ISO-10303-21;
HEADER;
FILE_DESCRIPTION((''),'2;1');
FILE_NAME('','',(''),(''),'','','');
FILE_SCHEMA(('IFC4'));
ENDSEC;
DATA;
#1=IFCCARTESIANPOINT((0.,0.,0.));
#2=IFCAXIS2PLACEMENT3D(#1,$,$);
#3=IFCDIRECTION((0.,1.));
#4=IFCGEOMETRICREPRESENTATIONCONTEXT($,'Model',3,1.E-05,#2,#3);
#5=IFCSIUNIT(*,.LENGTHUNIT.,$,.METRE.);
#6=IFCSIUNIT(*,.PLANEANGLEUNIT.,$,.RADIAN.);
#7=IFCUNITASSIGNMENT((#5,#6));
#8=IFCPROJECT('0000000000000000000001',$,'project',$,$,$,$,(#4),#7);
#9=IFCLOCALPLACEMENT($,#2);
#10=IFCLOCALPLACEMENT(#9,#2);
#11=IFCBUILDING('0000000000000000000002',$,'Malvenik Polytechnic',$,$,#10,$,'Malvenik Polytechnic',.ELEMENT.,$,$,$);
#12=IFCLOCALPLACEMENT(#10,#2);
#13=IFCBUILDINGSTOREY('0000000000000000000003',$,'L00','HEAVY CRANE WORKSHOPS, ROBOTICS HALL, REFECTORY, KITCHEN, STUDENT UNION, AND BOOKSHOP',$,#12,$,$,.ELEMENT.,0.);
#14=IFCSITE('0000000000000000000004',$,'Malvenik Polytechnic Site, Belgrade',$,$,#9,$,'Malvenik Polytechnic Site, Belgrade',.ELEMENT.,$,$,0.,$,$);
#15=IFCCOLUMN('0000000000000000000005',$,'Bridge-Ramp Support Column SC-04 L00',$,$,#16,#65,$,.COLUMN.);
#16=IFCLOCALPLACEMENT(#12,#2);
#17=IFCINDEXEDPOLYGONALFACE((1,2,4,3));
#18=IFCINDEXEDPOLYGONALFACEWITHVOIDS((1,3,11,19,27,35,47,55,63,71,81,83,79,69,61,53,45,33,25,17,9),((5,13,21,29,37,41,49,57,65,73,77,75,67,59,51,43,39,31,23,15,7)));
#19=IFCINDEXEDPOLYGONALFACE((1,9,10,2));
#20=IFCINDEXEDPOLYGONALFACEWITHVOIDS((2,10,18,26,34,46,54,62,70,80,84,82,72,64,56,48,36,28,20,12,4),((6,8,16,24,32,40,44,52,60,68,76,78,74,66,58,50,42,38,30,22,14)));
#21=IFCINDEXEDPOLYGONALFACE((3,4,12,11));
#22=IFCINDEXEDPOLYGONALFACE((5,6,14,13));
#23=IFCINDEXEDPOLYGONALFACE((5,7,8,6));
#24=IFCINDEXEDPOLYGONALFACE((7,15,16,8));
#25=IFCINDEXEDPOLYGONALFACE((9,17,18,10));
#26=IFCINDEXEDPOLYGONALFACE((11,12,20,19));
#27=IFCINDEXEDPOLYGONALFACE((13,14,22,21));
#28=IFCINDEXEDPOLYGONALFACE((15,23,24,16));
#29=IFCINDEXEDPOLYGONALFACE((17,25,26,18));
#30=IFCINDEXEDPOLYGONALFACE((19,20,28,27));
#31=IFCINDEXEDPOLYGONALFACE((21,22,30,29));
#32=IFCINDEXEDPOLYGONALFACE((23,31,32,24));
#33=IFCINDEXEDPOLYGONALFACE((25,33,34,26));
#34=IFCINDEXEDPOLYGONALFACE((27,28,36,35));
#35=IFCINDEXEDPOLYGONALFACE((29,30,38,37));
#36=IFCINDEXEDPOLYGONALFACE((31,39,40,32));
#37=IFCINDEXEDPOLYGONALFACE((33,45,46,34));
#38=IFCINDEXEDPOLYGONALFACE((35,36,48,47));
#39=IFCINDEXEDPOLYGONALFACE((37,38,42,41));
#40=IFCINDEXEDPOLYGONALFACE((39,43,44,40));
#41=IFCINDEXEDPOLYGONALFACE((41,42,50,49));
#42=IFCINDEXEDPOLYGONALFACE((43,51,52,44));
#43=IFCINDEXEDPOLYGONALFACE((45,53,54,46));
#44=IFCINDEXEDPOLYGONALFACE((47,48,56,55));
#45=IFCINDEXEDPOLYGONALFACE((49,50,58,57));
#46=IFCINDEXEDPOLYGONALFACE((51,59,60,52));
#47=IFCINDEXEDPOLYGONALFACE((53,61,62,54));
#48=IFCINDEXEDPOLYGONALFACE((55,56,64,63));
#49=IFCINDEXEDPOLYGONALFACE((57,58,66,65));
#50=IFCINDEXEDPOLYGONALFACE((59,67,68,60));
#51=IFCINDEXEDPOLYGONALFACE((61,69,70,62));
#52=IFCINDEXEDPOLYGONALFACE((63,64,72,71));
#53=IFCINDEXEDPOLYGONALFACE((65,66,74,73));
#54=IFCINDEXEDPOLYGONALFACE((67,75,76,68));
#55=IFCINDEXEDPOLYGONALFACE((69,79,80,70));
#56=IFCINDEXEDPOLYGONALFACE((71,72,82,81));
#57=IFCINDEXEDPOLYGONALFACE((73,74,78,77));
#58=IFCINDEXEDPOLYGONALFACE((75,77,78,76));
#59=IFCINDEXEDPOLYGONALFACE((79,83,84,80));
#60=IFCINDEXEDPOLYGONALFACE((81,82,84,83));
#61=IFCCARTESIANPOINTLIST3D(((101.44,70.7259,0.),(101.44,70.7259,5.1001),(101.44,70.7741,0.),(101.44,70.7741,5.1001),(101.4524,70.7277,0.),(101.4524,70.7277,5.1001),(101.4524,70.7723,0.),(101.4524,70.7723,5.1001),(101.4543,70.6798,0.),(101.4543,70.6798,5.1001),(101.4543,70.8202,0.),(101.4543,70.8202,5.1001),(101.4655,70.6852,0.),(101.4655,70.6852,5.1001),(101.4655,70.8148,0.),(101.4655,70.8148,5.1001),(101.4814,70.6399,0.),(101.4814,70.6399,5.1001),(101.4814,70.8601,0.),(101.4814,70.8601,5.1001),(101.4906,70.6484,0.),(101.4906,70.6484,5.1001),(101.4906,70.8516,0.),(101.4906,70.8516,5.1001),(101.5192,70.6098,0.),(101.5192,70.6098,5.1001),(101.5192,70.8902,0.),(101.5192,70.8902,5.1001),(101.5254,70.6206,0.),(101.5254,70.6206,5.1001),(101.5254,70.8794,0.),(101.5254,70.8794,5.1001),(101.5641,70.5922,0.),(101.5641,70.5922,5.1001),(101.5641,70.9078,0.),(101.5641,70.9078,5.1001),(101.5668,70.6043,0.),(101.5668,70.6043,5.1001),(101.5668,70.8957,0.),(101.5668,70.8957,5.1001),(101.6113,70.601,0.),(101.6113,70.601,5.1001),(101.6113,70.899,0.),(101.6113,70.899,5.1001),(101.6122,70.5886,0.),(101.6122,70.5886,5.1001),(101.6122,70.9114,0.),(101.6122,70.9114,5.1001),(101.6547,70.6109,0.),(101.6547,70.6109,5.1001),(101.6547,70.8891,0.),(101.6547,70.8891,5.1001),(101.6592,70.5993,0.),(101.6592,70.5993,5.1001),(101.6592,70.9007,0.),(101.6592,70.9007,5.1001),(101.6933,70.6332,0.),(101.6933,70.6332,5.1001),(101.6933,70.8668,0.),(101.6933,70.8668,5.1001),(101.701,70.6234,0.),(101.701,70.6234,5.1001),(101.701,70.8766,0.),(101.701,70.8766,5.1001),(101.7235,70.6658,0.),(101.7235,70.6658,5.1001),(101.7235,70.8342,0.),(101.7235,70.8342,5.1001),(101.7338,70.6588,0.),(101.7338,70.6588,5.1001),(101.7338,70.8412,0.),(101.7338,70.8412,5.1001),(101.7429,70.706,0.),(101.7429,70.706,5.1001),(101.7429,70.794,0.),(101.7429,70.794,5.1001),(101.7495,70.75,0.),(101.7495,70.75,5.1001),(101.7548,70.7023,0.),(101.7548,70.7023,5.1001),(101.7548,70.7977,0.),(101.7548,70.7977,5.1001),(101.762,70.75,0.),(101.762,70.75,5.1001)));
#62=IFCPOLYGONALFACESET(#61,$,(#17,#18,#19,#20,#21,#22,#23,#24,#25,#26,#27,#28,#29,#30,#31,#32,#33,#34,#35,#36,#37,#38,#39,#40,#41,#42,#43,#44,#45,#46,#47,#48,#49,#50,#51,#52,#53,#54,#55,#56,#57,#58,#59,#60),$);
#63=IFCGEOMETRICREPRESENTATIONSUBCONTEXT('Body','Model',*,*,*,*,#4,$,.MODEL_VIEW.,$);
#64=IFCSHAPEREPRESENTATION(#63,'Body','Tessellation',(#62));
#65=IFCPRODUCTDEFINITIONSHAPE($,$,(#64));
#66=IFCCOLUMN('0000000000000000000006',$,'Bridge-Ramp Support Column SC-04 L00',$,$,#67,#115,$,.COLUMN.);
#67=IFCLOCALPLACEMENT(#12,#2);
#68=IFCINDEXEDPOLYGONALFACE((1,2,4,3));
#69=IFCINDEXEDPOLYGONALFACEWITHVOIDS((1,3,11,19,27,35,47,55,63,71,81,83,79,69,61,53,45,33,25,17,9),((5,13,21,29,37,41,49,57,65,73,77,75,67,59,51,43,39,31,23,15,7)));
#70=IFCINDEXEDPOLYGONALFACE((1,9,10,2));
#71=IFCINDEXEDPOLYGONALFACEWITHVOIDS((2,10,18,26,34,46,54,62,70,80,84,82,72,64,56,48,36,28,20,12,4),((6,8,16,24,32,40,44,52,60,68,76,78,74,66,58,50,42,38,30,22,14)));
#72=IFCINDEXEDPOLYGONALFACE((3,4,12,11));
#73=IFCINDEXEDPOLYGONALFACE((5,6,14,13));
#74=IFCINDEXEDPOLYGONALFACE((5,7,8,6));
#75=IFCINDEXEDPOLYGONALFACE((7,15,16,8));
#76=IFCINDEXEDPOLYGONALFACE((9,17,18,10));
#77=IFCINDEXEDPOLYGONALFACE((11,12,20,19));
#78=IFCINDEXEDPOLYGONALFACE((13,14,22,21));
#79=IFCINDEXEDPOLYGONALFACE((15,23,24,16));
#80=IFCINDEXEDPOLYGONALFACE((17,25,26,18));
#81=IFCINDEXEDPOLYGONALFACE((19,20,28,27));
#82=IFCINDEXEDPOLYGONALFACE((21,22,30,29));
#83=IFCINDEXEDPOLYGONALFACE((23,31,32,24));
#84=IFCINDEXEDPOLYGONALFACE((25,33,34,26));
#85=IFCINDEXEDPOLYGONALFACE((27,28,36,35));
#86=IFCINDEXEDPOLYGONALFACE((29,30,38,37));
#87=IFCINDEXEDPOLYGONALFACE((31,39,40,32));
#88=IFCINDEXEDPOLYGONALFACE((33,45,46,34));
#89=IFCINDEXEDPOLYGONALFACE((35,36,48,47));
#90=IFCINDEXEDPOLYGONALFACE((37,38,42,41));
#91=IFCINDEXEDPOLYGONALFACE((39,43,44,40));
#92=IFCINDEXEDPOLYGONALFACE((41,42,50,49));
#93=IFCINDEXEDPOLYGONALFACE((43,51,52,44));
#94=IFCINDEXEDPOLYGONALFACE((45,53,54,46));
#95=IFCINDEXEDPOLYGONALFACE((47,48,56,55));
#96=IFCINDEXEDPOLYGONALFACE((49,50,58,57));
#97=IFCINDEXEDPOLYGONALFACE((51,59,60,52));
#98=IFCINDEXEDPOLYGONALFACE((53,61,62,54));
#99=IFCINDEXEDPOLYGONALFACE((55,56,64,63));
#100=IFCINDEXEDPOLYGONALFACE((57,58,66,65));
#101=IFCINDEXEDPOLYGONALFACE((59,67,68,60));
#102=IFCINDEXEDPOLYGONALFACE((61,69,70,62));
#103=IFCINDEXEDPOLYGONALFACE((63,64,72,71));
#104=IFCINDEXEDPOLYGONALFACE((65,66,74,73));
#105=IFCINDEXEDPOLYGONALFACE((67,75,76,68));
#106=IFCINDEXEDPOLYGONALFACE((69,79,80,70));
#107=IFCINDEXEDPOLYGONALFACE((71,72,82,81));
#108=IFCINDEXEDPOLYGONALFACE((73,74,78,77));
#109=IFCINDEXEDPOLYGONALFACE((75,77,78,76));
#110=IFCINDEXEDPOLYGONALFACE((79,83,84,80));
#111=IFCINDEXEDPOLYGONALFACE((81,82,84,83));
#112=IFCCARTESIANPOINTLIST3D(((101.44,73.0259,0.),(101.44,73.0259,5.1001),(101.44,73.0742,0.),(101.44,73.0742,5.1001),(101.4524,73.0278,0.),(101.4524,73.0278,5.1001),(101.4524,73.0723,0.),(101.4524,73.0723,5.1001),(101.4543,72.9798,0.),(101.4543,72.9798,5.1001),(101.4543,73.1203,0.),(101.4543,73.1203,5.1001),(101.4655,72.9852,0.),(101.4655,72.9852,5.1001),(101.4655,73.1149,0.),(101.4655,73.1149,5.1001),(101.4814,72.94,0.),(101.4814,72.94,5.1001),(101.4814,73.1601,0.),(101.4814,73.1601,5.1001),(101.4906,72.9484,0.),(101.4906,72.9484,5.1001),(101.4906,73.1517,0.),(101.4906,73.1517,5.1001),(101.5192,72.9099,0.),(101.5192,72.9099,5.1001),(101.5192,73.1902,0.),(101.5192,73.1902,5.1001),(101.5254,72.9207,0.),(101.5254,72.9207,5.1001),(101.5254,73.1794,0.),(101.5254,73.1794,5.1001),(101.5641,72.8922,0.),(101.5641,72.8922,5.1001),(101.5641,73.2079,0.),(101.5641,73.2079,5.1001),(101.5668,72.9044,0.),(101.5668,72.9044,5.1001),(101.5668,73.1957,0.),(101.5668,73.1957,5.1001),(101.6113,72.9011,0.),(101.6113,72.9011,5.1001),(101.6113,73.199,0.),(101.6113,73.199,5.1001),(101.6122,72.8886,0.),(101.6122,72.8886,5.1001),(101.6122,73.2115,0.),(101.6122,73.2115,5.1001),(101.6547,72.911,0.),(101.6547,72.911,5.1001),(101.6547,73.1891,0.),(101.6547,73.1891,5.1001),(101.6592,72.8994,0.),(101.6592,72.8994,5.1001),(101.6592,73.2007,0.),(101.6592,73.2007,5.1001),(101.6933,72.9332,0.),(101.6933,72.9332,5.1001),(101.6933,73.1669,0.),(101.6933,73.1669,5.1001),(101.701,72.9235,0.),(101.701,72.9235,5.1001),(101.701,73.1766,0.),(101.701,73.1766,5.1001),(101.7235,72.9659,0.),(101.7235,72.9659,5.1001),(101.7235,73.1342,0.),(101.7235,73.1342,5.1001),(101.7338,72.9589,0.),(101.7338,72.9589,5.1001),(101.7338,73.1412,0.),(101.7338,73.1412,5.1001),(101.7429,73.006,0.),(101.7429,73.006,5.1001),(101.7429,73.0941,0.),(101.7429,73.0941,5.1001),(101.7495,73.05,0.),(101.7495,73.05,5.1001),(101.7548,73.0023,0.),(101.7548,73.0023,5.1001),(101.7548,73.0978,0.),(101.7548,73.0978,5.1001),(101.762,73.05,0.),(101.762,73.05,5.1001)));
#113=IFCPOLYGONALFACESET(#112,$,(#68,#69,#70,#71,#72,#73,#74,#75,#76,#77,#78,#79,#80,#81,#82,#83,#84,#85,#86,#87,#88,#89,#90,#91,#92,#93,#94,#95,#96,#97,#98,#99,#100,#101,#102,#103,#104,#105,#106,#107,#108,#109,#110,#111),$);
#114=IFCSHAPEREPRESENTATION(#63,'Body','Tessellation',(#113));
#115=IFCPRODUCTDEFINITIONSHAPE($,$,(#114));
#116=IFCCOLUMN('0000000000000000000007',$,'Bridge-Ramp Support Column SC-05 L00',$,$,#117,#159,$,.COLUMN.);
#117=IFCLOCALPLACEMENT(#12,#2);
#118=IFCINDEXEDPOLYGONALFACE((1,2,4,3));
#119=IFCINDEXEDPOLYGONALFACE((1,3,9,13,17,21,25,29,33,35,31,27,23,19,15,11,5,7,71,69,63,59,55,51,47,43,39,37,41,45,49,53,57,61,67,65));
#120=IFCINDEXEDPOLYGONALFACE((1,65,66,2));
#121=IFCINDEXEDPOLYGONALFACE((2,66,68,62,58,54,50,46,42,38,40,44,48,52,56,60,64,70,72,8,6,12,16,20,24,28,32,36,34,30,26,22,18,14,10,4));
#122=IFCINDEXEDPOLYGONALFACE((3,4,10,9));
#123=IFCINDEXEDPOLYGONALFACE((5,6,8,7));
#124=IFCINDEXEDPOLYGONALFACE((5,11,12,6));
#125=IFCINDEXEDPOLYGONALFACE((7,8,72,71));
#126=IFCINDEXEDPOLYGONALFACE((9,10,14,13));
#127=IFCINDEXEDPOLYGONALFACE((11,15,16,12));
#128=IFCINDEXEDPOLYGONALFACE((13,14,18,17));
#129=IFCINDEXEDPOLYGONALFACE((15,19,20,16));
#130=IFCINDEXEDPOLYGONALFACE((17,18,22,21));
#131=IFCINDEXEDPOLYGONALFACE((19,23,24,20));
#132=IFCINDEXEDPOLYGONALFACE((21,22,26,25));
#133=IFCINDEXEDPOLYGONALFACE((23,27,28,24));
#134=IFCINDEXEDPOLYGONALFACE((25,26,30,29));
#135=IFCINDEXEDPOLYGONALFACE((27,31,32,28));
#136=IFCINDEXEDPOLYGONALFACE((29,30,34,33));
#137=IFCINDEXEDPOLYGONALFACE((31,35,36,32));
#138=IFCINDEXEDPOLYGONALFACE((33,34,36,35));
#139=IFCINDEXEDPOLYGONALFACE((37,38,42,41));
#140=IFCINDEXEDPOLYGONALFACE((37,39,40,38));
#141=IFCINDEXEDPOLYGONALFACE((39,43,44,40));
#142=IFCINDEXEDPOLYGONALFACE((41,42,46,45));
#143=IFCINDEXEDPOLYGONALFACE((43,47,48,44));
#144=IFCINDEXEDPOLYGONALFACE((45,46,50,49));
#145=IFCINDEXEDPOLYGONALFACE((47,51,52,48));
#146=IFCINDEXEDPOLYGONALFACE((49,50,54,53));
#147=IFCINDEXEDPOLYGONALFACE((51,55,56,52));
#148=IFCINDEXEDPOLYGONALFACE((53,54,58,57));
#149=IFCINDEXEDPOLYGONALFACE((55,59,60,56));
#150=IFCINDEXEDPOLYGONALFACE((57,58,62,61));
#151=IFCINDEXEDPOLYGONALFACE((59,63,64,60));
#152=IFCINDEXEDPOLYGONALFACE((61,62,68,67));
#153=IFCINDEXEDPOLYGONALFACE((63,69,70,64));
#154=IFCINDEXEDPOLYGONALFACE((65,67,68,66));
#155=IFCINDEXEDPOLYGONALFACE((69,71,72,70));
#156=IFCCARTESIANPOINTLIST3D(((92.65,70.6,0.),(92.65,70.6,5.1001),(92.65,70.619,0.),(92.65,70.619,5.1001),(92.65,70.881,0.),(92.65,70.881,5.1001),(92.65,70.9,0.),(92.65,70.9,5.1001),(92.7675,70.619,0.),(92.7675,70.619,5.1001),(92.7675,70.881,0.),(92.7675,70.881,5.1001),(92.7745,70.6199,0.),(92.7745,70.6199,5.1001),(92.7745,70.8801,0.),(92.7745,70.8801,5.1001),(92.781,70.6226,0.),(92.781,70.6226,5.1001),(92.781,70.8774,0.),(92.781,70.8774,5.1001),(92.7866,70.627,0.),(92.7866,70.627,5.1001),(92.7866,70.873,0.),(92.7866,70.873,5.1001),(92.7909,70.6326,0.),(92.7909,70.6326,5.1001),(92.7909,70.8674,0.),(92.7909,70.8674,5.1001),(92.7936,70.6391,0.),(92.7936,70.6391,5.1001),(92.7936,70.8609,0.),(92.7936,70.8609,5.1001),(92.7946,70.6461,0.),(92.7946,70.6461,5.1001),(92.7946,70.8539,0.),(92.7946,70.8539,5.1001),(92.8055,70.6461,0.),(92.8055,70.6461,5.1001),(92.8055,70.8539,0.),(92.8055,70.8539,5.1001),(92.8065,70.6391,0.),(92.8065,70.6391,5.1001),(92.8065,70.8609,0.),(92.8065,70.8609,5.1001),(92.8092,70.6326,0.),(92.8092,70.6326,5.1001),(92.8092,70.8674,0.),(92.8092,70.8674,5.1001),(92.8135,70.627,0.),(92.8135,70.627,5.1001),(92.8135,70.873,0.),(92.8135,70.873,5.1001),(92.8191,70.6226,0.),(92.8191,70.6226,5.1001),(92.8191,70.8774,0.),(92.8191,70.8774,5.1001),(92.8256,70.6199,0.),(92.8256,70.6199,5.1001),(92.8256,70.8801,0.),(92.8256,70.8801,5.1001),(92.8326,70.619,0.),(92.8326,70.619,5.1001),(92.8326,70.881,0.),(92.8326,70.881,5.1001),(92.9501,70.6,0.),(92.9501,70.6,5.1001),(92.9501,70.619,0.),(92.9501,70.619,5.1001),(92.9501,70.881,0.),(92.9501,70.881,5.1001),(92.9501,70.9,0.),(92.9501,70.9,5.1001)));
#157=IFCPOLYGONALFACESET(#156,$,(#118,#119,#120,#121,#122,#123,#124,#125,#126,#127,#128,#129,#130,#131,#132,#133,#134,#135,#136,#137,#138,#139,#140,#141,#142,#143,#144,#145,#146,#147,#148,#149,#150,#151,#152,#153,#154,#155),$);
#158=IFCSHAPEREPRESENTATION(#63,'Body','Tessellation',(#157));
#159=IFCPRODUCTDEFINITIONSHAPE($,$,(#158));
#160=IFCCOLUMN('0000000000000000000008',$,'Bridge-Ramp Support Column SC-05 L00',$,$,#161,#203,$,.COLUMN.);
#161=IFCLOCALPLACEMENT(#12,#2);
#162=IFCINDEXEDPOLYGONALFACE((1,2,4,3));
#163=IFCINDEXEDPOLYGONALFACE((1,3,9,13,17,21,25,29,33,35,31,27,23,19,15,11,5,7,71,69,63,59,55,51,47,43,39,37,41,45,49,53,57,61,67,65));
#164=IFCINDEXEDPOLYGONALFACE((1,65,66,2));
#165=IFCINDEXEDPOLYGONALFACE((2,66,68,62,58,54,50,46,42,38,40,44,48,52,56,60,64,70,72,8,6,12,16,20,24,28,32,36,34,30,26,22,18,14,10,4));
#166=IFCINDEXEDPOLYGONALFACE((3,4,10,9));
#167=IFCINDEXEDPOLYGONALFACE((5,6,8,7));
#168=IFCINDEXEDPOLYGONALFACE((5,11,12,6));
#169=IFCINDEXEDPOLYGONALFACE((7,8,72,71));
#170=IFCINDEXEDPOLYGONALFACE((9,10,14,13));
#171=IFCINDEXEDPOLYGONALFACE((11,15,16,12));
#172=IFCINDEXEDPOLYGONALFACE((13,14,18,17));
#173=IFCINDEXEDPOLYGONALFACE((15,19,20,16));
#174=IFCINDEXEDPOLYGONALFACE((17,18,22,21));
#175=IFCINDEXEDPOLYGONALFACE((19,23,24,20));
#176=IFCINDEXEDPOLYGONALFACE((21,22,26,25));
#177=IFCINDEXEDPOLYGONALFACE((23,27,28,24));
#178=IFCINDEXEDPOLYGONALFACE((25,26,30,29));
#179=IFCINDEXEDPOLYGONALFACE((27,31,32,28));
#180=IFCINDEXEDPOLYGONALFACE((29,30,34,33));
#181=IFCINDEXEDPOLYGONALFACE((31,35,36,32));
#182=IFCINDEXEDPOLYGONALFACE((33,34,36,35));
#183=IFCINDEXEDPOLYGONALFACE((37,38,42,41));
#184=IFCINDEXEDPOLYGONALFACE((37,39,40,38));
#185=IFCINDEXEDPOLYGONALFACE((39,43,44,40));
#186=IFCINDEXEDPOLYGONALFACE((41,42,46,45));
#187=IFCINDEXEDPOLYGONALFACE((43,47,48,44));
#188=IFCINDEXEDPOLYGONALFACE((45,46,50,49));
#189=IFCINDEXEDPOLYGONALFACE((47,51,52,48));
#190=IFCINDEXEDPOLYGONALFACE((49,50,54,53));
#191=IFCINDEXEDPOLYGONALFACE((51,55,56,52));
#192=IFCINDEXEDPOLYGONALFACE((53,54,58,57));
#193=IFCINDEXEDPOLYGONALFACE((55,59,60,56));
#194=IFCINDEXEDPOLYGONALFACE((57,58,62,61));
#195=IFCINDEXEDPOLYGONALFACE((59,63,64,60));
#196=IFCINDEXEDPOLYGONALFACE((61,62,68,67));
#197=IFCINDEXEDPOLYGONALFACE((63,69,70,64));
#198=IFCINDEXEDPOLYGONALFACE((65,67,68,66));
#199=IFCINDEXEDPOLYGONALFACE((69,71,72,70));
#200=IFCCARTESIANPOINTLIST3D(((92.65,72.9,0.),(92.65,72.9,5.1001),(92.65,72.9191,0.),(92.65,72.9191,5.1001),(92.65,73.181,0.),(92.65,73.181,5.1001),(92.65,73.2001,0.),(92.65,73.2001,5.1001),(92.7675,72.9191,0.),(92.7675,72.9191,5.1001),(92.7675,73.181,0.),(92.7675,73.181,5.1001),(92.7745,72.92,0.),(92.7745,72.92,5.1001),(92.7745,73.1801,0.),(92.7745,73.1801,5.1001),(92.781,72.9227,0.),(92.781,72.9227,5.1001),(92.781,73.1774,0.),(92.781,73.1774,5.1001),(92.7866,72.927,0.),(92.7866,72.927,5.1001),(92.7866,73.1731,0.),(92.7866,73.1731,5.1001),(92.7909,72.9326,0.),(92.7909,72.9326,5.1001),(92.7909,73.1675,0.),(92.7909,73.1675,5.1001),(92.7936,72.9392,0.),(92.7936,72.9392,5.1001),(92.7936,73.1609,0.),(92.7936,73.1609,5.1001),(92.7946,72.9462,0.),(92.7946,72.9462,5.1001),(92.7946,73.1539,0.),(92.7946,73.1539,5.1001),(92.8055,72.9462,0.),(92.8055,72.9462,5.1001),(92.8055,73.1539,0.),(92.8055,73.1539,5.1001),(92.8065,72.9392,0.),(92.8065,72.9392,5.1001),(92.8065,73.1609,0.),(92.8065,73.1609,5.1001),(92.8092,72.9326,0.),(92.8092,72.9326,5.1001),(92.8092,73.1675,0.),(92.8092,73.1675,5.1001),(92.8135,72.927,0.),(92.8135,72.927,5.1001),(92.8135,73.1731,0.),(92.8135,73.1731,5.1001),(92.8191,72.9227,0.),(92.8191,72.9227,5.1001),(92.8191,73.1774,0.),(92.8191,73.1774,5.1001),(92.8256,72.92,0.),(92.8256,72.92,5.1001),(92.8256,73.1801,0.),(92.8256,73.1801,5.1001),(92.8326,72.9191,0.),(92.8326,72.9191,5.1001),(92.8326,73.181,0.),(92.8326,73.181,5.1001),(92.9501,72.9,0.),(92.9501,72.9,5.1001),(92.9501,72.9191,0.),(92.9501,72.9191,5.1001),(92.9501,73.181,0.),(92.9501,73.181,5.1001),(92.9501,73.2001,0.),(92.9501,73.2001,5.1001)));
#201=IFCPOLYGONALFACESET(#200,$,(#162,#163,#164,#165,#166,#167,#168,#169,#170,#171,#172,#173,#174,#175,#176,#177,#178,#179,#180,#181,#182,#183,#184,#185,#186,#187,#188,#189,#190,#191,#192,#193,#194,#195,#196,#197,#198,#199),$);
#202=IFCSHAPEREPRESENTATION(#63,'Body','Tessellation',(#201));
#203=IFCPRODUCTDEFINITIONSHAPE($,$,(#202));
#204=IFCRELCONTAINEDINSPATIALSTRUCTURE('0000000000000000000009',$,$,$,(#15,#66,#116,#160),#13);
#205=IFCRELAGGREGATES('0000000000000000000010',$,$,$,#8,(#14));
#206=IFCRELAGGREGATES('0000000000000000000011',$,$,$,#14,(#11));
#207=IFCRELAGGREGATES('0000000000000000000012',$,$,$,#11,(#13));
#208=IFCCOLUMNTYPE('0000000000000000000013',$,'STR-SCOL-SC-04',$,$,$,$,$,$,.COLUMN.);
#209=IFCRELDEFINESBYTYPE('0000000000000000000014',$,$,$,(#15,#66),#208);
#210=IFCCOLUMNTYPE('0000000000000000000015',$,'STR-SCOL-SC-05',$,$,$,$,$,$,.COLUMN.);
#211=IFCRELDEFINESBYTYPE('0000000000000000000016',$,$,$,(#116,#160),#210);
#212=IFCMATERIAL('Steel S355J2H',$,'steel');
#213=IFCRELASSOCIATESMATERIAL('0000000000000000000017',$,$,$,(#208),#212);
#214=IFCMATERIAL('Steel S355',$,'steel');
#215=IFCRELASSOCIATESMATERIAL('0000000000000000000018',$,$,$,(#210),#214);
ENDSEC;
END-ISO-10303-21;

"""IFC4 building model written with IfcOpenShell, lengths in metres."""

from ifc_helpers import new_model, si_unit, direction, frame, origin, origin_2d, place, context, subcontext, project, spatial, hollow_circle, i_section, extrude, material, material_profile, profile_set, type_object, element, save


model = new_model("IFC4")

# Units and contexts
model_context = context("Model", 3, precision=1e-05, world=origin(), true_north=direction((0.0, 1.0)))
body_context = subcontext(model_context, "Body", "Model", "MODEL_VIEW")
ifc_project = project(units=[si_unit("LENGTHUNIT", "METRE"), si_unit("PLANEANGLEUNIT", "RADIAN")], contexts=[model_context])

# Site, building, storey
site_placement = place(None, origin())
site = spatial("IfcSite", under=ifc_project, at=site_placement, Name="Malvenik Polytechnic Site, Belgrade", LongName="Malvenik Polytechnic Site, Belgrade", CompositionType="ELEMENT", RefElevation=0.0)
building_placement = place(site_placement, origin())
building = spatial("IfcBuilding", under=site, at=building_placement, Name="Malvenik Polytechnic", LongName="Malvenik Polytechnic", CompositionType="ELEMENT")
storey_placement = place(building_placement, origin())
storey = spatial("IfcBuildingStorey", under=building, at=storey_placement, Name="L00", Description="HEAVY CRANE WORKSHOPS, ROBOTICS HALL, REFECTORY, KITCHEN, STUDENT UNION, AND BOOKSHOP", CompositionType="ELEMENT", Elevation=0.0)

# Columns
ifc_material_1 = material(Name="Steel S355J2H", Category="steel")
ifc_material_2 = material(Name="Steel S355", Category="steel")
ifc_material_profile_1 = material_profile(ifc_material_1, hollow_circle(Radius=0.1619, WallThickness=0.0125, at=origin_2d()), Name="CHS 323.9x12.5")
ifc_profile_set_1 = profile_set([ifc_material_profile_1], Name="Steel S355J2H")
column_type_1 = type_object("IfcColumnType", Name="STR-SCOL-SC-04", PredefinedType="COLUMN", material=ifc_profile_set_1)
for number, where, z_axis, x_axis, name in (
    (1, (101.6001, 70.75, 0.0), (0.0, 0.0, 1.0), (1.0, 0.0, 0.0), "Bridge-Ramp Support Column SC-04 L00"),
    (2, (101.6001, 73.05, 0.0), (0.0, 0.0, 1.0), (1.0, 0.0, 0.0), "Bridge-Ramp Support Column SC-04 L00"),
):
    element("IfcColumn", number, at=place(storey_placement, frame(where, z_axis=z_axis, x_axis=x_axis)), inside=storey, type_object=column_type_1, Name=name, PredefinedType="COLUMN", context=body_context, shape_type="SweptSolid", body=[
        extrude(hollow_circle(Radius=0.1619, WallThickness=0.0125, at=origin_2d()), origin(), (0.0, 0.0, 1.0), 5.1001),
    ])
ifc_material_profile_2 = material_profile(ifc_material_2, i_section(OverallWidth=0.3, OverallDepth=0.3, WebThickness=0.011, FlangeThickness=0.019, FilletRadius=0.0271, at=origin_2d()), Name="HEB 300")
ifc_profile_set_2 = profile_set([ifc_material_profile_2], Name="Steel S355")
column_type_2 = type_object("IfcColumnType", Name="STR-SCOL-SC-05", PredefinedType="COLUMN", material=ifc_profile_set_2)
for number, where, z_axis, x_axis, name in (
    (3, (92.8, 70.75, 0.0), (0.0, 0.0, 1.0), (1.0, 0.0, 0.0), "Bridge-Ramp Support Column SC-05 L00"),
    (4, (92.8, 73.05, 0.0), (0.0, 0.0, 1.0), (1.0, 0.0, 0.0), "Bridge-Ramp Support Column SC-05 L00"),
):
    element("IfcColumn", number, at=place(storey_placement, frame(where, z_axis=z_axis, x_axis=x_axis)), inside=storey, type_object=column_type_2, Name=name, PredefinedType="COLUMN", context=body_context, shape_type="SweptSolid", body=[
        extrude(i_section(OverallWidth=0.3, OverallDepth=0.3, WebThickness=0.011, FlangeThickness=0.019, FilletRadius=0.0271, at=origin_2d()), origin(), (0.0, 0.0, 1.0), 5.1001),
    ])

save(model, "model.ifc")
